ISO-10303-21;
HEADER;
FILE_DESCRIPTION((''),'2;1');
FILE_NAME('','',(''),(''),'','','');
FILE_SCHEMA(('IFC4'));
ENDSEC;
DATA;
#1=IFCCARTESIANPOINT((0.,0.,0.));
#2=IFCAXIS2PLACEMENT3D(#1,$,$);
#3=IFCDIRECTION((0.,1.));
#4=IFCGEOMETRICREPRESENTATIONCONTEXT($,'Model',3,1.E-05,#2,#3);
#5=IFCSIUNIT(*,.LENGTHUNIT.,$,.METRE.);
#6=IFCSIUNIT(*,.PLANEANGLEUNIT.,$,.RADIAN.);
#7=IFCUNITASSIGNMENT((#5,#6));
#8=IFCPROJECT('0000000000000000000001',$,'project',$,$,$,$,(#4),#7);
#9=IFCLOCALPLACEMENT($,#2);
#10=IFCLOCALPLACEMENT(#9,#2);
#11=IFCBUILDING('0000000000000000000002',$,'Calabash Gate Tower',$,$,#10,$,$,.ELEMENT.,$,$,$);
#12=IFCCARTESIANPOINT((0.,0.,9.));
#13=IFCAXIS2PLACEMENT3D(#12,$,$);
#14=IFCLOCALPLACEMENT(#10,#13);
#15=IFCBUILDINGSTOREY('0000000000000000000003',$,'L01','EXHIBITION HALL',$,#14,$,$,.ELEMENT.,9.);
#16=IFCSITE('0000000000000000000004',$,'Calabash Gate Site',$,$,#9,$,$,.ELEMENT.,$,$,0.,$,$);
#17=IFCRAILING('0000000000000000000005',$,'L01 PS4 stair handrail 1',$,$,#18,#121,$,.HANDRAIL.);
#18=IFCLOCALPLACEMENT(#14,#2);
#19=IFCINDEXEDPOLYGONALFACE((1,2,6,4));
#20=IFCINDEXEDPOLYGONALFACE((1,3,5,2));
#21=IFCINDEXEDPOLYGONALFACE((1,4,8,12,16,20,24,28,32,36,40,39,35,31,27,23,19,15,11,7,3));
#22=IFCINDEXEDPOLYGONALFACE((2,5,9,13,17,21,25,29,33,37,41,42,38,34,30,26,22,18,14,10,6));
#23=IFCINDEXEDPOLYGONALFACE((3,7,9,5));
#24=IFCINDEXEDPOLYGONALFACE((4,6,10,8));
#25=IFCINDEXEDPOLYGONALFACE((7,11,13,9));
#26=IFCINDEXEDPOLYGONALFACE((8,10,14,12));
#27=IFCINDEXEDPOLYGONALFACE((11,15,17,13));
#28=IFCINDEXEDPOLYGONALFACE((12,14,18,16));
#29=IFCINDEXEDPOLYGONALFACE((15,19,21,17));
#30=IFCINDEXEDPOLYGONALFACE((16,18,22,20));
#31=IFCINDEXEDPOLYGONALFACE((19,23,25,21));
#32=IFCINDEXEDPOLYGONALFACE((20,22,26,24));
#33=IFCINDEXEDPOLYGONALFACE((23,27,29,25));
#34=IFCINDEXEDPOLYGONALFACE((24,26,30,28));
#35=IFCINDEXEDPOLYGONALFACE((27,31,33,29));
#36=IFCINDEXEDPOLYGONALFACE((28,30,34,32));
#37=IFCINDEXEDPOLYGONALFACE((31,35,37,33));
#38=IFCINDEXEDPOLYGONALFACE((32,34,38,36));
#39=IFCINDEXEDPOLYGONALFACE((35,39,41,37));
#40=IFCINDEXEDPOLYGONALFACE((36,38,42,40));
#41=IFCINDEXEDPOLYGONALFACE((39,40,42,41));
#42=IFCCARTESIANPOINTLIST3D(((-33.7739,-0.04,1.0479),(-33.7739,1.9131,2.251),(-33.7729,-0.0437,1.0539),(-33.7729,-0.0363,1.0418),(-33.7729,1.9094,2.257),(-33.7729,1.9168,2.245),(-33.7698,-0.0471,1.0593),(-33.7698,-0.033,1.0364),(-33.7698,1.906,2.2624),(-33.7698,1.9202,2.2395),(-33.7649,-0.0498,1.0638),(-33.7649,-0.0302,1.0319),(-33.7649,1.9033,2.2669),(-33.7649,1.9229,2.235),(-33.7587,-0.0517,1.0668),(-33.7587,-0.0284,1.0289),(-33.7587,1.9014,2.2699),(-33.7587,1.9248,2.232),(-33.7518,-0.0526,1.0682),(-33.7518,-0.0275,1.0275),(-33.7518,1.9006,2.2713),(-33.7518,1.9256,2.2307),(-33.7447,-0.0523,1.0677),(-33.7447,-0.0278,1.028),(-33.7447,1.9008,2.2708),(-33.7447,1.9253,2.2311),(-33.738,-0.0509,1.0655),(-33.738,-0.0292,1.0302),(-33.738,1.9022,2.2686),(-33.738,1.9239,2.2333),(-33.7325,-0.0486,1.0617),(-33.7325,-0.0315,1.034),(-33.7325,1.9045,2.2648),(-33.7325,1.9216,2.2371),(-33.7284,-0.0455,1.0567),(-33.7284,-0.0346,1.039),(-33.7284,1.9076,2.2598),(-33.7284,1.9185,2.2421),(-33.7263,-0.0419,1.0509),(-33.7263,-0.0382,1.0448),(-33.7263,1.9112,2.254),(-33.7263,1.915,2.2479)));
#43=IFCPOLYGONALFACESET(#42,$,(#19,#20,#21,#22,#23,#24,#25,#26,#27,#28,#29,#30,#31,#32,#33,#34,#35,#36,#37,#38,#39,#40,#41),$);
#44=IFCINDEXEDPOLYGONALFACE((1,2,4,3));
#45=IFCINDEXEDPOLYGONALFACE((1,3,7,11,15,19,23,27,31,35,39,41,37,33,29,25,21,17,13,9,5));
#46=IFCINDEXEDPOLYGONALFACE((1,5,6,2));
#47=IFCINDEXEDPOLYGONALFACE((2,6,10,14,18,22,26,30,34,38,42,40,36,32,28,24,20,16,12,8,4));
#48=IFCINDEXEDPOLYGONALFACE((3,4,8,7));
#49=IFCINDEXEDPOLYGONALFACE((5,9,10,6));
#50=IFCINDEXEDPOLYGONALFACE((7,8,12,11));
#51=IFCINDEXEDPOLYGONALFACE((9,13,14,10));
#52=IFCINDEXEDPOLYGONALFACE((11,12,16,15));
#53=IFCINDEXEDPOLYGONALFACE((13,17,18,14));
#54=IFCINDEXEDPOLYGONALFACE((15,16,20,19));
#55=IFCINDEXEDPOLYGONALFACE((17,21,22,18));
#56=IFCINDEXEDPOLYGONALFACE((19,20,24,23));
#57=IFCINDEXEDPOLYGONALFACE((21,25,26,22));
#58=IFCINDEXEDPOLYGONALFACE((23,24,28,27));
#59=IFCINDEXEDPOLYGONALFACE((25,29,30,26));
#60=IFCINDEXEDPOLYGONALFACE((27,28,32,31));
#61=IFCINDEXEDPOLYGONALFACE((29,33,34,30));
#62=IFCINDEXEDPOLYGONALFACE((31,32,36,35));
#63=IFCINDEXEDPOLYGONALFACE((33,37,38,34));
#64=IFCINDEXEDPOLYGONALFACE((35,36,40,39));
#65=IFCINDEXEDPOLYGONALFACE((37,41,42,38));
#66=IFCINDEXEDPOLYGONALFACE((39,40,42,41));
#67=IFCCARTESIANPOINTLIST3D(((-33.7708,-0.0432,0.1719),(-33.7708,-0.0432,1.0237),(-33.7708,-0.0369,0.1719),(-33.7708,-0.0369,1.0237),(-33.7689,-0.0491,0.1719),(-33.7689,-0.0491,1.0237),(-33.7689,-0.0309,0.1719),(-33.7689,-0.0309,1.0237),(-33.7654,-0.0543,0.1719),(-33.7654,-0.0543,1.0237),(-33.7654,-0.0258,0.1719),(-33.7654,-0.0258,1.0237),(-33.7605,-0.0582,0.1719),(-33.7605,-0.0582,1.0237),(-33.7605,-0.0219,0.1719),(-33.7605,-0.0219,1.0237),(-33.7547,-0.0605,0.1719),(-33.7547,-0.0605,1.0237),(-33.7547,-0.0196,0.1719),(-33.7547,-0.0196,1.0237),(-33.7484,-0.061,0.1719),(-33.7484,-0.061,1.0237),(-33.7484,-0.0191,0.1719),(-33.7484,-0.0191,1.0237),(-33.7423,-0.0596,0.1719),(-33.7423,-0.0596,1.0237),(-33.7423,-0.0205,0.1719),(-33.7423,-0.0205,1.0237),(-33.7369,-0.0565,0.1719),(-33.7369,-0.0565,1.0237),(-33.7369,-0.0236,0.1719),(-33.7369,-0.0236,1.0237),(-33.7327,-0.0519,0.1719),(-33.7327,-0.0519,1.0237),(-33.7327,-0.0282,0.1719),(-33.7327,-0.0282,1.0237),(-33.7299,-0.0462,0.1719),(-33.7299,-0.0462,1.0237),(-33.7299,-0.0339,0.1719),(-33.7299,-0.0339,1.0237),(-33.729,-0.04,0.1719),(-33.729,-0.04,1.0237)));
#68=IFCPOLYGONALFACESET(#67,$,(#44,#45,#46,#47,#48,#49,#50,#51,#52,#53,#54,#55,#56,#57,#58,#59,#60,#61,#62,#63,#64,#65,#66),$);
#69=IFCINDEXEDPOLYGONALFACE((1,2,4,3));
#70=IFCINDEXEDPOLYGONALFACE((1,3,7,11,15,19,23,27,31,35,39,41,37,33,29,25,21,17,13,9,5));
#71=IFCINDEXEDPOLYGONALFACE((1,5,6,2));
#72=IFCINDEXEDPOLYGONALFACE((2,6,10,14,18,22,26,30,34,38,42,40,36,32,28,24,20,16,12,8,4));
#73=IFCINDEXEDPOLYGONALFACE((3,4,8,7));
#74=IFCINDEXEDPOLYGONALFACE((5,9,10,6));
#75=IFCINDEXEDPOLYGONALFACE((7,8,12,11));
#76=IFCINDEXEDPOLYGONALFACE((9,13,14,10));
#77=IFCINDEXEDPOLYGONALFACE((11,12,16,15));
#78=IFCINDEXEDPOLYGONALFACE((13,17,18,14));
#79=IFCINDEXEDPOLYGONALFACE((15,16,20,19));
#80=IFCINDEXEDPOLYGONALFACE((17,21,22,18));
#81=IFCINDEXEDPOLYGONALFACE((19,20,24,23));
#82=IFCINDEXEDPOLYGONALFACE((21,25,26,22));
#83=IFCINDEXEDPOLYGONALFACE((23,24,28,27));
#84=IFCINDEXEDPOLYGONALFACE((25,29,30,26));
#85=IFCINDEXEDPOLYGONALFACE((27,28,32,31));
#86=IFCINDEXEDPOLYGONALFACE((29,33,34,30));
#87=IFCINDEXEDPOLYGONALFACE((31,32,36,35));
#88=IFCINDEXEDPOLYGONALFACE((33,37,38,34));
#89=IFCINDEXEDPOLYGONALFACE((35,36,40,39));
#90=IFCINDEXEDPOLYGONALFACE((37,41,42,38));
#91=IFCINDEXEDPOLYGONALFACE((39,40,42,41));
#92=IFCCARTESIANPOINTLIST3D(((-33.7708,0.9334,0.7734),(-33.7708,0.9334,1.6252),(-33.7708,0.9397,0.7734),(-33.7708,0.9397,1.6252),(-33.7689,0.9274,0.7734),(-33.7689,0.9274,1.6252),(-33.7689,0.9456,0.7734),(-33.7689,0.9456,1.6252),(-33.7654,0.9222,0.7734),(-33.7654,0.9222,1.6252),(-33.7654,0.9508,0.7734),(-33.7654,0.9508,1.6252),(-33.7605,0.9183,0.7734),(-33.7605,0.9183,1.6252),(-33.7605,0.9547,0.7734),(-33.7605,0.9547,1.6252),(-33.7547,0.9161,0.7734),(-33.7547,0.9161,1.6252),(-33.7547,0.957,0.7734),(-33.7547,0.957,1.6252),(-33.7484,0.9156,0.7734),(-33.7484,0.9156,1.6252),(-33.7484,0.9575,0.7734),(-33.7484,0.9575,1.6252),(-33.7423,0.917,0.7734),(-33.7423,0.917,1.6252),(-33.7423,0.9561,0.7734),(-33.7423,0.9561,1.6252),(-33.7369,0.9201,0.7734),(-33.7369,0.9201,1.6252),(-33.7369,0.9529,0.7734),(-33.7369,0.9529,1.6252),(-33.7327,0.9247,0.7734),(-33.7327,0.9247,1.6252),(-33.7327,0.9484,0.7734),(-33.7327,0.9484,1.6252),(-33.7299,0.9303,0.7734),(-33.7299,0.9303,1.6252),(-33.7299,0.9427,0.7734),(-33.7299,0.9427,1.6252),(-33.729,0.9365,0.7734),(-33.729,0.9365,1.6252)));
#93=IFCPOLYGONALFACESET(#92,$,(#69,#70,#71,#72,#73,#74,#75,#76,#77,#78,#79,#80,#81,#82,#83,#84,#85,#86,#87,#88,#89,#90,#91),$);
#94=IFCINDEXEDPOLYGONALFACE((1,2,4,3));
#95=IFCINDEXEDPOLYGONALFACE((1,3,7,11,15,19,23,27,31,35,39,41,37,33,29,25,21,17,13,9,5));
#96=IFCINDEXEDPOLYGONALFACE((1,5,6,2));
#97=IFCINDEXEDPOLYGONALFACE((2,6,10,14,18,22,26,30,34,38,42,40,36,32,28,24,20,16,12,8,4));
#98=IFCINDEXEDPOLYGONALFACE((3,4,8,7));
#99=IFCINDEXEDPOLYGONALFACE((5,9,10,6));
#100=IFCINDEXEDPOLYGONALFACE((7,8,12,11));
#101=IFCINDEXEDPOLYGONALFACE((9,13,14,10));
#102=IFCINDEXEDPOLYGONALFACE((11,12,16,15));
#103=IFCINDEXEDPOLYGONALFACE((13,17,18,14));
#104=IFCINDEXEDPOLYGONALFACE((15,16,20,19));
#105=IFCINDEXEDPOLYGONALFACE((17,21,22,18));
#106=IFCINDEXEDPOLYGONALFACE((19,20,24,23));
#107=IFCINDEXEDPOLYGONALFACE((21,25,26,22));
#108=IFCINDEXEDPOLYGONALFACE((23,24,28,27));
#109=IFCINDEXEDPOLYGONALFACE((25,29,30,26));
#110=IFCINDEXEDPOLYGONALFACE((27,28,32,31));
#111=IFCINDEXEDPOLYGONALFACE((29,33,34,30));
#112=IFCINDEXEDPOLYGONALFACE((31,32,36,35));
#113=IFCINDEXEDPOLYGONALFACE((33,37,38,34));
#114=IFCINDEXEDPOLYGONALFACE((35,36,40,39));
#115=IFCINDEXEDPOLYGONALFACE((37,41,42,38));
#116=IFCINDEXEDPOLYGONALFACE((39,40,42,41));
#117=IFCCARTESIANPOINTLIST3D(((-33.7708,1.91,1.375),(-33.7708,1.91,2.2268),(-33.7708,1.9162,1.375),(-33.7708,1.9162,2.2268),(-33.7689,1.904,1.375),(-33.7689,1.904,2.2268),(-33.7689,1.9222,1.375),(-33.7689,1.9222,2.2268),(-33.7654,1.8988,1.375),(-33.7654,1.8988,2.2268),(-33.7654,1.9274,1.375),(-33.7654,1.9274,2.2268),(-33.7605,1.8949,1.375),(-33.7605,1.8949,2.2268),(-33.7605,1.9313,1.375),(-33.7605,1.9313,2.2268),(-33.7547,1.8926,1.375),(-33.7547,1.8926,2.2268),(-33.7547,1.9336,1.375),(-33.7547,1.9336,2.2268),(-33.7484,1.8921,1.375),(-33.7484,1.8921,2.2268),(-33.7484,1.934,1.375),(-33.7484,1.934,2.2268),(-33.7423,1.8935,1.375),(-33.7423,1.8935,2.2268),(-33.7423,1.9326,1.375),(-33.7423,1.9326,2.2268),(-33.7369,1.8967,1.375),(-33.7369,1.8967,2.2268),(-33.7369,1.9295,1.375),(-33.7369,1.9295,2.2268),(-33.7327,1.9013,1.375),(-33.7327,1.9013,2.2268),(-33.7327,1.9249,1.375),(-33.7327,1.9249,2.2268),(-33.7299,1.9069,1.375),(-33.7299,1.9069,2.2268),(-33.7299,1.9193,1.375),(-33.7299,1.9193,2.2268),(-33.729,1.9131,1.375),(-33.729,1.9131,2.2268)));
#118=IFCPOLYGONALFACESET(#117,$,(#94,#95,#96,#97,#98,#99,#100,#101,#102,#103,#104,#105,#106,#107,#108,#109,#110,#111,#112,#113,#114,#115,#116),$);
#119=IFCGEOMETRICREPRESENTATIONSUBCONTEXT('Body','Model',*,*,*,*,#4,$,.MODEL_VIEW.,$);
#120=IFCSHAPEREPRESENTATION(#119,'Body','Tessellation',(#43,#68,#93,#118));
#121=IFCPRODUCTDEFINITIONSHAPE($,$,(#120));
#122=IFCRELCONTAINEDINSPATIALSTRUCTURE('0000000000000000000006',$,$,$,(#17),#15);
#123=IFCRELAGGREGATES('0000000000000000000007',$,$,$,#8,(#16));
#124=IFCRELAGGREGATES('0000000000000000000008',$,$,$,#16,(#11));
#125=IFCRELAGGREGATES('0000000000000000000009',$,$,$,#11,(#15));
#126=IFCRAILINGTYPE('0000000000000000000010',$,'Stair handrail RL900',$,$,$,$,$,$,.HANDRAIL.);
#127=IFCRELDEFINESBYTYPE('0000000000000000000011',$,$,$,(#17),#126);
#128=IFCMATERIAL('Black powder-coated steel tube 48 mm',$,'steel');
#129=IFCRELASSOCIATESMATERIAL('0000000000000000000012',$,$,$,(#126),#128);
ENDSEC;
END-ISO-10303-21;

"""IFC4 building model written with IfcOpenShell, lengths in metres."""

from ifc_helpers import new_model, si_unit, direction, frame, origin, origin_2d, place, context, subcontext, project, spatial, circle, extrude, material, type_object, element, save


model = new_model("IFC4")

# Units and contexts
model_context = context("Model", 3, precision=1e-05, world=origin(), true_north=direction((0.0, 1.0)))
body_context = subcontext(model_context, "Body", "Model", "MODEL_VIEW")
ifc_project = project(units=[si_unit("LENGTHUNIT", "METRE"), si_unit("PLANEANGLEUNIT", "RADIAN")], contexts=[model_context])

# Site, building, storey
site_placement = place(None, origin())
site = spatial("IfcSite", under=ifc_project, at=site_placement, Name="Calabash Gate Site", CompositionType="ELEMENT", RefElevation=0.0)
building_placement = place(site_placement, origin())
building = spatial("IfcBuilding", under=site, at=building_placement, Name="Calabash Gate Tower", CompositionType="ELEMENT")
storey_placement = place(building_placement, frame((0.0, 0.0, 9.0)))
storey = spatial("IfcBuildingStorey", under=building, at=storey_placement, Name="L01", Description="EXHIBITION HALL", CompositionType="ELEMENT", Elevation=9.0)

# Railing
ifc_material_1 = material(Name="Black powder-coated steel tube 48 mm", Category="steel")
railing_type_1 = type_object("IfcRailingType", Name="Stair handrail RL900", PredefinedType="HANDRAIL", material=ifc_material_1)
railing_1_placement = place(storey_placement, frame((-33.75, -0.04, 0.1719)))
element("IfcRailing", 1, at=railing_1_placement, inside=storey, type_object=railing_type_1, Name="L01 PS4 stair handrail 1", PredefinedType="HANDRAIL", context=body_context, shape_type="SweptSolid", body=[
    extrude(circle(Radius=0.0239, at=origin_2d()), frame((0.0, 0.0, 0.876), z_axis=(0.0, 0.851424, 0.524477), x_axis=(-1.0, 0.0, 0.0)), (0.0, 0.0, 1.0), 2.2939),
    extrude(circle(Radius=0.021, at=origin_2d()), origin(), (0.0, 0.0, 1.0), 0.8518),
    extrude(circle(Radius=0.021, at=origin_2d()), frame((0.0, 0.9766, 0.6016)), (0.0, 0.0, 1.0), 0.8518),
    extrude(circle(Radius=0.021, at=origin_2d()), frame((0.0, 1.9531, 1.2031)), (0.0, 0.0, 1.0), 0.8518),
])

save(model, "model.ifc")
